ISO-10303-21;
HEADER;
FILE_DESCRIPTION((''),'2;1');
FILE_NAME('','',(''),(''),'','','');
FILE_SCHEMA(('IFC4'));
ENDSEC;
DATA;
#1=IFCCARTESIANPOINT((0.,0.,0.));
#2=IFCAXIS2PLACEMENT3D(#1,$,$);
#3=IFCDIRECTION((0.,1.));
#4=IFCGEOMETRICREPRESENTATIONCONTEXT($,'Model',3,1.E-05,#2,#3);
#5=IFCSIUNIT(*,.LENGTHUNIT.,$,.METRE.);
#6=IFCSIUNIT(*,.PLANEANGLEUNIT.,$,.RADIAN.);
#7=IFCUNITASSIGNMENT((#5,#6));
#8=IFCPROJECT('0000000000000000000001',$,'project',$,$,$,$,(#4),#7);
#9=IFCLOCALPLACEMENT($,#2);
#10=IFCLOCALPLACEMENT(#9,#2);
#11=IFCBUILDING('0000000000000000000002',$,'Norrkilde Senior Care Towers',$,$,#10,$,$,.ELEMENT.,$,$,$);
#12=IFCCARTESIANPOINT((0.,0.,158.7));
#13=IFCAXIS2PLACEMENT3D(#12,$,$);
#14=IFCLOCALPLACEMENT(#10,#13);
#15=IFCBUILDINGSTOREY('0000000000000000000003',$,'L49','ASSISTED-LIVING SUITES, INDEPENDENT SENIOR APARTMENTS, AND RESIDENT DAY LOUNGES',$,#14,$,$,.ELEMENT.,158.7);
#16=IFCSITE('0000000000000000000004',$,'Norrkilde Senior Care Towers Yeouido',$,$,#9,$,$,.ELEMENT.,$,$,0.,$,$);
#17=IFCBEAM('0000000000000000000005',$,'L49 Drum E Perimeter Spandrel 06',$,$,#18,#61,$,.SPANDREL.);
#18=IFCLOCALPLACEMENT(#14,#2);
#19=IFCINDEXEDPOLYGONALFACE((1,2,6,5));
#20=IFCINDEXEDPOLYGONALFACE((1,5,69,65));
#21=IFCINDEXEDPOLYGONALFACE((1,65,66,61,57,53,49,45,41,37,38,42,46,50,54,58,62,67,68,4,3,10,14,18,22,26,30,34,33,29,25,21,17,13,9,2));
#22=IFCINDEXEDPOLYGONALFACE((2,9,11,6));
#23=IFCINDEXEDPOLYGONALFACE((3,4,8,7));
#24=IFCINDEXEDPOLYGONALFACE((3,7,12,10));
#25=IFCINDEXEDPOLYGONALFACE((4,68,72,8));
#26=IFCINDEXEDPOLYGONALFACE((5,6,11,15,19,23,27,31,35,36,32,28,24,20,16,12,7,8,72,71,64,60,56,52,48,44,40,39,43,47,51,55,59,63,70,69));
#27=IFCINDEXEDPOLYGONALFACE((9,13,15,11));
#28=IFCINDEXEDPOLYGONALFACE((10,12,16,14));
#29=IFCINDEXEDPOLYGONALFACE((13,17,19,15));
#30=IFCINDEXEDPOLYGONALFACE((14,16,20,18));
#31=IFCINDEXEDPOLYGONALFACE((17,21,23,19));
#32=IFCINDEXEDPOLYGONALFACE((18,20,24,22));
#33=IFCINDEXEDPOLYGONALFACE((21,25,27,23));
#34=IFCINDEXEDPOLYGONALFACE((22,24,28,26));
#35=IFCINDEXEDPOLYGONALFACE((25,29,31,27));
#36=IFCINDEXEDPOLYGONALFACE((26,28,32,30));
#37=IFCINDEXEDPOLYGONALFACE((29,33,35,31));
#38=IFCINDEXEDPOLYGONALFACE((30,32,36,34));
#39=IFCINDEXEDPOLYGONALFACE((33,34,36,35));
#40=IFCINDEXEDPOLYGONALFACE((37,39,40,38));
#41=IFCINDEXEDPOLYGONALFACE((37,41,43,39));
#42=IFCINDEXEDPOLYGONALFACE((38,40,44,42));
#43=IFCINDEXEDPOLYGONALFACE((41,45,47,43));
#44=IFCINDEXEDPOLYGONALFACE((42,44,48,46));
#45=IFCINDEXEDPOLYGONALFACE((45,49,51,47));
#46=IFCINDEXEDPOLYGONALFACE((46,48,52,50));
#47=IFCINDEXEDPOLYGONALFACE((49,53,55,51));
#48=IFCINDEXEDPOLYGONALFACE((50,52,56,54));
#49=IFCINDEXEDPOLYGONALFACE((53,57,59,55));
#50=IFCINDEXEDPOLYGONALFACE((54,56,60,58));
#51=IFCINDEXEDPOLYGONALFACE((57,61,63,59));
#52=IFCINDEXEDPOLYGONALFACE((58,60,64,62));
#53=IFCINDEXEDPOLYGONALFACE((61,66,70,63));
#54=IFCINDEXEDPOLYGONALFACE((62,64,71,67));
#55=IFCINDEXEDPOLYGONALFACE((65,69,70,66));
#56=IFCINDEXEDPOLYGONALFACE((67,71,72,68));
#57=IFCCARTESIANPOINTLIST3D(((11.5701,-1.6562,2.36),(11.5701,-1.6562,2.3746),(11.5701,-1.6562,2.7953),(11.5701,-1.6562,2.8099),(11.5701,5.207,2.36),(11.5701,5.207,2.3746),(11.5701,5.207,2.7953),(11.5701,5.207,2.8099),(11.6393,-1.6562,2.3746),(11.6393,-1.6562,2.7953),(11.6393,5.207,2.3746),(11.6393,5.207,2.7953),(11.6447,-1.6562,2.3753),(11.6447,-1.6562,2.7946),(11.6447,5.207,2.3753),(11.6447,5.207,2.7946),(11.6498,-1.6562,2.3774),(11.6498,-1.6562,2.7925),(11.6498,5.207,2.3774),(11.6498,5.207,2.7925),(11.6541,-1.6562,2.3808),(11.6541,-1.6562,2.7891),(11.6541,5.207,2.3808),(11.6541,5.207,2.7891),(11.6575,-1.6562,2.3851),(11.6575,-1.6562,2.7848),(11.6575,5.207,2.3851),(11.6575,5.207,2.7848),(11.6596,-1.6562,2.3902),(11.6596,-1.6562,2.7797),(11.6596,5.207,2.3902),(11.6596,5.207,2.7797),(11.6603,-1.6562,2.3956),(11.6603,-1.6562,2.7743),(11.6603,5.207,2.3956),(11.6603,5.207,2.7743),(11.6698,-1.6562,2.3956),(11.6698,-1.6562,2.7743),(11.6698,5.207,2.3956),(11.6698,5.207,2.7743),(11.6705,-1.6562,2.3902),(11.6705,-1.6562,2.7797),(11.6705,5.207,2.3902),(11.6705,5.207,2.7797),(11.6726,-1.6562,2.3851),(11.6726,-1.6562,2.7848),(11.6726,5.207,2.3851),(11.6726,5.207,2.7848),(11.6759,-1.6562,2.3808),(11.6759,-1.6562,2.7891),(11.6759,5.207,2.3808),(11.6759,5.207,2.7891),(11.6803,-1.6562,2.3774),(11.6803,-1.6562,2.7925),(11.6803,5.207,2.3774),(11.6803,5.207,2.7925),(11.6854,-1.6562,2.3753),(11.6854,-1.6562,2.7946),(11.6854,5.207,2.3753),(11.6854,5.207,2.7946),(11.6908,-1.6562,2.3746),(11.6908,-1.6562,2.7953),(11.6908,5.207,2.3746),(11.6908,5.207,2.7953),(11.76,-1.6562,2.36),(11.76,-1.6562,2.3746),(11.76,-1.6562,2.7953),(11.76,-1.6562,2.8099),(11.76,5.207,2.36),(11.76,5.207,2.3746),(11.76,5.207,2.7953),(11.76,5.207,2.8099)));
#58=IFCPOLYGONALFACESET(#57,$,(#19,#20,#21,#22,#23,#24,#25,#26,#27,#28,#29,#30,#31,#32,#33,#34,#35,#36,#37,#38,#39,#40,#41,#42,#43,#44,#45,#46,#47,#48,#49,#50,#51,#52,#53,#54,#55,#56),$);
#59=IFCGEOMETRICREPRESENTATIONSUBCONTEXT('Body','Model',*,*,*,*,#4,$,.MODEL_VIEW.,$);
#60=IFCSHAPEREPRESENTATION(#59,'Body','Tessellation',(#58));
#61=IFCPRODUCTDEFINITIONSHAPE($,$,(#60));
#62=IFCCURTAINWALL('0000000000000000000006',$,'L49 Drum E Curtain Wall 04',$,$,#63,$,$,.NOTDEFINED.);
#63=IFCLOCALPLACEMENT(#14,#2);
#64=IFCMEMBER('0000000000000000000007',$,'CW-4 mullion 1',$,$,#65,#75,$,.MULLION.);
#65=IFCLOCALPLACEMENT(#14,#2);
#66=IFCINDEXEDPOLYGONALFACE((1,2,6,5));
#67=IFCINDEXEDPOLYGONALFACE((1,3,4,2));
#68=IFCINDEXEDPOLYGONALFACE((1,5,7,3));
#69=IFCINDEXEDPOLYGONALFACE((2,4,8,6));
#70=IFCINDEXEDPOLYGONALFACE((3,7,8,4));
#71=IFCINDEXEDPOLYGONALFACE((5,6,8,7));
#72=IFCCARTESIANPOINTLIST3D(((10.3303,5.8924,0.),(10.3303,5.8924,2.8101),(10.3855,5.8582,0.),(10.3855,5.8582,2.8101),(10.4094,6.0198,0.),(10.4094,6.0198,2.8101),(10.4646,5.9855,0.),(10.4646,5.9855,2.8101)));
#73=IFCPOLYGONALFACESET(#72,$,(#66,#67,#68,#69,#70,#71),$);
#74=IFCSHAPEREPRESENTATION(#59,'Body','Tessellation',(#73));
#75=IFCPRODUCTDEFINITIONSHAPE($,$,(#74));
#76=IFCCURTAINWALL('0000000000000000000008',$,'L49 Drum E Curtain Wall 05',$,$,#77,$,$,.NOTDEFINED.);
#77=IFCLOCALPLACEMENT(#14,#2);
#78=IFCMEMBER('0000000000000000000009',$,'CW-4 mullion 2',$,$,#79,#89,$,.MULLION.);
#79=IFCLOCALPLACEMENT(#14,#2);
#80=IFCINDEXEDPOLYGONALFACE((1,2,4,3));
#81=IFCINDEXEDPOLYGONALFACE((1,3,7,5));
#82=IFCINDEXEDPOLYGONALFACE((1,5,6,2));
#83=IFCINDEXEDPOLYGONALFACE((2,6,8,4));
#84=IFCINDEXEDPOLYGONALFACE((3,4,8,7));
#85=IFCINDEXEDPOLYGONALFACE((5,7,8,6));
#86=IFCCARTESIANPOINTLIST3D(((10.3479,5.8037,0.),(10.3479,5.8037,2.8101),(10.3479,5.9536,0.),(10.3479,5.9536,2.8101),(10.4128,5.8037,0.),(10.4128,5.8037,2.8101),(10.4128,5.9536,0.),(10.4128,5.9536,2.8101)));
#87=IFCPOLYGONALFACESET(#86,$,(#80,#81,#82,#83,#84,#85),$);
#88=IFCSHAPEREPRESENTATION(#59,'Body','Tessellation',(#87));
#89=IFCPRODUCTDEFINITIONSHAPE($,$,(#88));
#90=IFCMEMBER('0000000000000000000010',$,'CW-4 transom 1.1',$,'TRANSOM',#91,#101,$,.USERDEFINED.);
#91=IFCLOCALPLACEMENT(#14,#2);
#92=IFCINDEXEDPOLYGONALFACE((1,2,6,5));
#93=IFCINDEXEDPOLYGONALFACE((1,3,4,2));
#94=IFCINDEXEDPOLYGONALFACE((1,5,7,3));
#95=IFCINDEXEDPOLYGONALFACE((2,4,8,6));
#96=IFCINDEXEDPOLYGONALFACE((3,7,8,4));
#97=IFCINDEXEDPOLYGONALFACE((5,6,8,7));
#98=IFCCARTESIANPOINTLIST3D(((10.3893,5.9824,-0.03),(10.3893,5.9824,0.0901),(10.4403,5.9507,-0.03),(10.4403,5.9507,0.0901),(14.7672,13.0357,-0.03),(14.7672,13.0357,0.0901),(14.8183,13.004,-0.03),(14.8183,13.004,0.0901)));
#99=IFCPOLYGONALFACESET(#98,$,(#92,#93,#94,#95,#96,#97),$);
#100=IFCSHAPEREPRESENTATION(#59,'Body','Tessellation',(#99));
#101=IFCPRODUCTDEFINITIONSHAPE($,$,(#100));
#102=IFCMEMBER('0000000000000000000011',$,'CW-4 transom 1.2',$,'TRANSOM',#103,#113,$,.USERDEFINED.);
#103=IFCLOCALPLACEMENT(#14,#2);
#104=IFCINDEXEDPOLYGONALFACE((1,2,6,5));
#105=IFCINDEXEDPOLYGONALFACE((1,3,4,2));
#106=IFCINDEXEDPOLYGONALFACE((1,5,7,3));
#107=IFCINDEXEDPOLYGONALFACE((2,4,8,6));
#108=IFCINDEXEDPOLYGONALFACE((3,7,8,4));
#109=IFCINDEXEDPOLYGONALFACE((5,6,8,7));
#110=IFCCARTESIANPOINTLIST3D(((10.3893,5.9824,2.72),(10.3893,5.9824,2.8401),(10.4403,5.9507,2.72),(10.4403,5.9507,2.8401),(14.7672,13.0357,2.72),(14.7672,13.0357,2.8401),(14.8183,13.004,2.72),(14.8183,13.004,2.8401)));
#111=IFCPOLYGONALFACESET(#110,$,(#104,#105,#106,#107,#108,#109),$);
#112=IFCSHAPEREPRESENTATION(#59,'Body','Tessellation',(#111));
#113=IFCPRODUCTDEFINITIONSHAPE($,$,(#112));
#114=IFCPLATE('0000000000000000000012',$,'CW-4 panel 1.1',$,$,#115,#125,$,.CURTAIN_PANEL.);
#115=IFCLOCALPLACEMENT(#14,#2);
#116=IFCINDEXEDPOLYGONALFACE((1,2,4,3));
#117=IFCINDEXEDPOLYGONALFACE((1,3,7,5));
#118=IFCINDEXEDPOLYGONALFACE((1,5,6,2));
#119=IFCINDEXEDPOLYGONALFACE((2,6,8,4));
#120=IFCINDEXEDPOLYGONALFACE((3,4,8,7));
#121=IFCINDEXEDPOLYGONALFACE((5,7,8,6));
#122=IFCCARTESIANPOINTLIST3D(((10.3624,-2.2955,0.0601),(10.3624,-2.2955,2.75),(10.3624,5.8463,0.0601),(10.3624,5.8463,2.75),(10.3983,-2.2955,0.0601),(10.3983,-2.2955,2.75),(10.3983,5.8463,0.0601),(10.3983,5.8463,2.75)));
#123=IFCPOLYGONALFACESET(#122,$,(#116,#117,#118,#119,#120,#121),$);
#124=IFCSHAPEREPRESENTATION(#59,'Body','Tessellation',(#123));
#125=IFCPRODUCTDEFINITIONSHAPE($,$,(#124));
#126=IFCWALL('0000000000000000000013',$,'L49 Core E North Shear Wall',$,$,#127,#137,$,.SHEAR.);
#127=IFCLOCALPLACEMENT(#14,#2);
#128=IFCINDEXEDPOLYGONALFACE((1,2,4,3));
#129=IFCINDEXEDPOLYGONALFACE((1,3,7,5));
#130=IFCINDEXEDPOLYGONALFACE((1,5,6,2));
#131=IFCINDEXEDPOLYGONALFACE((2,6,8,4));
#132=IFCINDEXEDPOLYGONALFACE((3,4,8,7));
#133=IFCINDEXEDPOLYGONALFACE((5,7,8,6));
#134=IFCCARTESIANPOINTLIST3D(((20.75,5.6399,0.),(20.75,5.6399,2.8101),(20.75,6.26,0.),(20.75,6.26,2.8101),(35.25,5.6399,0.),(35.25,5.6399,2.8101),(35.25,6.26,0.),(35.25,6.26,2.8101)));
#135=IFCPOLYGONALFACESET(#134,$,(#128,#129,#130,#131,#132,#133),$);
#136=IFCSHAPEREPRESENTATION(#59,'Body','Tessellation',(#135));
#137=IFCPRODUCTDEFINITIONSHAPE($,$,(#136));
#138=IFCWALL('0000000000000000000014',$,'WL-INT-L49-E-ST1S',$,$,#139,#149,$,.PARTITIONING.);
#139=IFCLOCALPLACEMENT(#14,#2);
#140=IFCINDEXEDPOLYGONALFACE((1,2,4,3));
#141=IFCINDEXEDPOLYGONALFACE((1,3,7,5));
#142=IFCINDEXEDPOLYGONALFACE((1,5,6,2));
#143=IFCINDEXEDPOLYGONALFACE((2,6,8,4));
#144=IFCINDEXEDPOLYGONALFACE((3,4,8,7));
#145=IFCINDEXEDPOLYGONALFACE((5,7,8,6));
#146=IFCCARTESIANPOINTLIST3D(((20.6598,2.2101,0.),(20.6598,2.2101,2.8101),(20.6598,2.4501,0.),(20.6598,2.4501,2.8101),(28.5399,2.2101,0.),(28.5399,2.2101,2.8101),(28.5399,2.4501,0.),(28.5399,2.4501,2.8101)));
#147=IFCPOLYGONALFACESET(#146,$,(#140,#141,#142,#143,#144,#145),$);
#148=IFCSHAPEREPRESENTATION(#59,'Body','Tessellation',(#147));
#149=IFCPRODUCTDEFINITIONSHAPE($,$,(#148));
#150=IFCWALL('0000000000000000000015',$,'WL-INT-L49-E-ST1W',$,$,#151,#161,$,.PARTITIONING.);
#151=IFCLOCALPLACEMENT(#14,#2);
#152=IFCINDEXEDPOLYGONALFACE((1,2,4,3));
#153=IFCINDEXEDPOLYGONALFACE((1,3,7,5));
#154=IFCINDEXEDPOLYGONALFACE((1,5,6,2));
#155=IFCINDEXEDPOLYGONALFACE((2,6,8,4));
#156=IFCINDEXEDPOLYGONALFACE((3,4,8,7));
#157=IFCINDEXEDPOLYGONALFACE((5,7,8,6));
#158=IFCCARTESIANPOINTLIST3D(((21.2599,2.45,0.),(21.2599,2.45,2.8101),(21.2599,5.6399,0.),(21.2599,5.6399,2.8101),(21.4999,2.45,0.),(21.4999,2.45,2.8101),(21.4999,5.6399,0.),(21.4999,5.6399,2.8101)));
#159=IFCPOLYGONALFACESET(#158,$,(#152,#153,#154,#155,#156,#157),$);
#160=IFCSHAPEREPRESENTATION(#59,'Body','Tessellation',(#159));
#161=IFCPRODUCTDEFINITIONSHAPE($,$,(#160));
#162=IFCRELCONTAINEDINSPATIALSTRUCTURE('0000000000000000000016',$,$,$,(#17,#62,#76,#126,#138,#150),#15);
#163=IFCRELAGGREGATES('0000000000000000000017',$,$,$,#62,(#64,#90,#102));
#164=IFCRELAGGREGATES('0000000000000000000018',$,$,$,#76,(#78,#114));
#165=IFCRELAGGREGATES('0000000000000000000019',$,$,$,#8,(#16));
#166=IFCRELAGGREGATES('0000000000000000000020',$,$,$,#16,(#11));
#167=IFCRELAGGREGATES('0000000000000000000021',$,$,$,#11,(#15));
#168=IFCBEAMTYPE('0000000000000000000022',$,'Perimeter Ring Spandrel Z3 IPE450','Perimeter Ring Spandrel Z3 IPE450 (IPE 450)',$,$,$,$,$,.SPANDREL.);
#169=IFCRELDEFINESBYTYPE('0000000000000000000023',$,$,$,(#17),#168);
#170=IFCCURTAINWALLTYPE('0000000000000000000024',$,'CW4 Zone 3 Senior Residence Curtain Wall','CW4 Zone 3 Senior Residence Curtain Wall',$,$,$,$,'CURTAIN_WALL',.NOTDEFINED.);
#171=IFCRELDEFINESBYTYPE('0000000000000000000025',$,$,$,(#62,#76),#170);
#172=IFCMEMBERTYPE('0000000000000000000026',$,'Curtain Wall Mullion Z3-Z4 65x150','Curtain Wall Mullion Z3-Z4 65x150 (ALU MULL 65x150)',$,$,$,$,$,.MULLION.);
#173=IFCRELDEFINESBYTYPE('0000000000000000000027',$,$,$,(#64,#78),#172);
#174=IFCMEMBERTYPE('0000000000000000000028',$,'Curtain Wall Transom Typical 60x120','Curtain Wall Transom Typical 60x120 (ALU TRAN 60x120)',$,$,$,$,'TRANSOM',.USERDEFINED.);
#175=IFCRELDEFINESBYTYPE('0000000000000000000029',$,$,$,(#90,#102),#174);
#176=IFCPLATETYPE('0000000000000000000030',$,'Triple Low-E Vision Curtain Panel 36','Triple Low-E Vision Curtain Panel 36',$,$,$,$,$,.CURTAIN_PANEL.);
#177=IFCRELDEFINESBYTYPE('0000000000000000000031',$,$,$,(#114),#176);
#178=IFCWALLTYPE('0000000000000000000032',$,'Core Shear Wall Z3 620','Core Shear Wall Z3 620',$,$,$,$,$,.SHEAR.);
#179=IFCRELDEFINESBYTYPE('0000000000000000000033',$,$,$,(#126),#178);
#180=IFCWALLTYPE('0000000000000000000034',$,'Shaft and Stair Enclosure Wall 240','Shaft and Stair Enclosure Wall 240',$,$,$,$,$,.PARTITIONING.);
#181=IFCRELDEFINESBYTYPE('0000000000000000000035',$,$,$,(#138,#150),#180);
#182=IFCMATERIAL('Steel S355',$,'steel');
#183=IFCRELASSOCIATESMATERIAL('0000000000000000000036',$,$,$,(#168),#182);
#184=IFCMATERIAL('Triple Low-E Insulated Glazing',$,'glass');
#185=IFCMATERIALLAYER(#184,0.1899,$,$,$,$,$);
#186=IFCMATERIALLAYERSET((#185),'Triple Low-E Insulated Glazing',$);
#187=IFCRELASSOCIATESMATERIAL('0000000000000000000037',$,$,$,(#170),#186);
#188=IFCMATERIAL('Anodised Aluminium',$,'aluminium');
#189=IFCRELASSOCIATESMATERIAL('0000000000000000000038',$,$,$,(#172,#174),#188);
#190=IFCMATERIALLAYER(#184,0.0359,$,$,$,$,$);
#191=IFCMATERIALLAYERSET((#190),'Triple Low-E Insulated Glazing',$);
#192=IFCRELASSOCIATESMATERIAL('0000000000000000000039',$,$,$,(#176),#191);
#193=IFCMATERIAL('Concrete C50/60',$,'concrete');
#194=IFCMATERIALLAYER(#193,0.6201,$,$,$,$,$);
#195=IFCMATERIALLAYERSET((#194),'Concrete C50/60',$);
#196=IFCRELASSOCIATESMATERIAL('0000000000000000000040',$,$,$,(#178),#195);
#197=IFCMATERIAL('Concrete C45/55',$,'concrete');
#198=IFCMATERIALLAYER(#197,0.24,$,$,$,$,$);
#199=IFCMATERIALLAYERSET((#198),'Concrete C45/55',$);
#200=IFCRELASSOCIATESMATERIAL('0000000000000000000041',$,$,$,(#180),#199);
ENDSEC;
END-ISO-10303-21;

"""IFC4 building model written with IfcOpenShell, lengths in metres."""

from ifc_helpers import new_model, si_unit, direction, frame, frame_2d, origin, origin_2d, place, context, subcontext, project, spatial, rectangle, i_section, extrude, source, transform, mapped, material, layer, layer_set, material_profile, profile_set, type_object, type_shapes, element, aggregate, save


model = new_model("IFC4")

# Units and contexts
model_context = context("Model", 3, precision=1e-05, world=origin(), true_north=direction((0.0, 1.0)))
body_context = subcontext(model_context, "Body", "Model", "MODEL_VIEW")
ifc_project = project(units=[si_unit("LENGTHUNIT", "METRE"), si_unit("PLANEANGLEUNIT", "RADIAN")], contexts=[model_context])

# Site, building, storey
site_placement = place(None, origin())
site = spatial("IfcSite", under=ifc_project, at=site_placement, Name="Norrkilde Senior Care Towers Yeouido", CompositionType="ELEMENT", RefElevation=0.0)
building_placement = place(site_placement, origin())
building = spatial("IfcBuilding", under=site, at=building_placement, Name="Norrkilde Senior Care Towers", CompositionType="ELEMENT")
storey_placement = place(building_placement, frame((0.0, 0.0, 158.7)))
storey = spatial("IfcBuildingStorey", under=building, at=storey_placement, Name="L49", Description="ASSISTED-LIVING SUITES, INDEPENDENT SENIOR APARTMENTS, AND RESIDENT DAY LOUNGES", CompositionType="ELEMENT", Elevation=158.7)

# Shared definitions
ifc_material_1 = material(Name="Concrete C50/60", Category="concrete")

# Beam
ifc_material_2 = material(Name="Steel S355", Category="steel")
ifc_material_profile_1 = material_profile(ifc_material_2, i_section(OverallWidth=0.1899, OverallDepth=0.45, WebThickness=0.0095, FlangeThickness=0.0146, FilletRadius=0.021, at=origin_2d()), Name="IPE 450")
ifc_profile_set_1 = profile_set([ifc_material_profile_1], Name="Steel S355")
beam_type_1 = type_object("IfcBeamType", Name="Perimeter Ring Spandrel Z3 IPE450", Description="Perimeter Ring Spandrel Z3 IPE450 (IPE 450)", PredefinedType="SPANDREL", material=ifc_profile_set_1)
shared_shape_1 = source(origin(), body_context, "Body", "SweptSolid", [
    extrude(i_section(OverallWidth=0.1899, OverallDepth=0.45, WebThickness=0.0095, FlangeThickness=0.0146, FilletRadius=0.021, at=origin_2d()), origin(), (0.0, 0.0, 1.0), 6.8633),
])
type_shapes(beam_type_1, [shared_shape_1])
beam_1_placement = place(storey_placement, frame((11.665, 5.207, 2.585), z_axis=(0.0, -1.0, 0.0), x_axis=(1.0, 0.0, 0.0)))
element("IfcBeam", 1, at=beam_1_placement, inside=storey, type_object=beam_type_1, Name="L49 Drum E Perimeter Spandrel 06", PredefinedType="SPANDREL", context=body_context, shape_type="MappedRepresentation", body=[
    mapped(shared_shape_1, transform((0.0, 0.0, 0.0), x_axis=(1.0, 0.0, 0.0), y_axis=(0.0, 1.0, 0.0), z_axis=(0.0, 0.0, 1.0), scale=1.0)),
])

# Curtain walls, members
ifc_material_3 = material(Name="Triple Low-E Insulated Glazing", Category="glass")
ifc_layer_1 = layer(ifc_material_3, 0.1899)
ifc_layer_set_1 = layer_set([ifc_layer_1], Name="Triple Low-E Insulated Glazing")
curtain_wall_type = type_object("IfcCurtainWallType", Name="CW4 Zone 3 Senior Residence Curtain Wall", Description="CW4 Zone 3 Senior Residence Curtain Wall", ElementType="CURTAIN_WALL", PredefinedType="NOTDEFINED", material=ifc_layer_set_1)
curtain_wall_1_placement = place(storey_placement, origin())
curtain_wall_1 = element("IfcCurtainWall", 2, at=curtain_wall_1_placement, inside=storey, type_object=curtain_wall_type, Name="L49 Drum E Curtain Wall 04", PredefinedType="NOTDEFINED")
ifc_material_4 = material(Name="Anodised Aluminium", Category="aluminium")
ifc_material_profile_2 = material_profile(ifc_material_4, rectangle(XDim=0.0649, YDim=0.1499, at=origin_2d()), Name="ALU MULL 65x150")
ifc_profile_set_2 = profile_set([ifc_material_profile_2], Name="Anodised Aluminium")
member_type_1 = type_object("IfcMemberType", Name="Curtain Wall Mullion Z3-Z4 65x150", Description="Curtain Wall Mullion Z3-Z4 65x150 (ALU MULL 65x150)", PredefinedType="MULLION", material=ifc_profile_set_2)
shared_shape_2 = source(origin(), body_context, "Body", "SweptSolid", [
    extrude(rectangle(XDim=0.0649, YDim=0.1499, at=origin_2d()), origin(), (0.0, 0.0, 1.0), 2.8101),
])
type_shapes(member_type_1, [shared_shape_2])
member_1_placement = place(storey_placement, frame((10.3975, 5.939, 0.0), z_axis=(0.0, 0.0, 1.0), x_axis=(-0.849634, 0.527373, 0.0)))
member_1 = element("IfcMember", 3, at=member_1_placement, type_object=member_type_1, Name="CW-4 mullion 1", PredefinedType="MULLION", context=body_context, shape_type="MappedRepresentation", body=[
    mapped(shared_shape_2, transform((0.0, 0.0, 0.0), x_axis=(1.0, 0.0, 0.0), y_axis=(0.0, 1.0, 0.0), z_axis=(0.0, 0.0, 1.0), scale=1.0)),
])
curtain_wall_2_placement = place(storey_placement, origin())
curtain_wall_2 = element("IfcCurtainWall", 4, at=curtain_wall_2_placement, inside=storey, type_object=curtain_wall_type, Name="L49 Drum E Curtain Wall 05", PredefinedType="NOTDEFINED")
member_2_placement = place(storey_placement, frame((10.3804, 5.8787, 0.0), z_axis=(0.0, 0.0, 1.0), x_axis=(-1.0, 0.0, 0.0)))
member_2 = element("IfcMember", 5, at=member_2_placement, type_object=member_type_1, Name="CW-4 mullion 2", PredefinedType="MULLION", context=body_context, shape_type="MappedRepresentation", body=[
    mapped(shared_shape_2, transform((0.0, 0.0, 0.0), x_axis=(1.0, 0.0, 0.0), y_axis=(0.0, 1.0, 0.0), z_axis=(0.0, 0.0, 1.0), scale=1.0)),
])

# Members
ifc_material_profile_3 = material_profile(ifc_material_4, rectangle(XDim=0.0601, YDim=0.1201, at=origin_2d()), Name="ALU TRAN 60x120")
ifc_profile_set_3 = profile_set([ifc_material_profile_3], Name="Anodised Aluminium")
member_type_2 = type_object("IfcMemberType", Name="Curtain Wall Transom Typical 60x120", Description="Curtain Wall Transom Typical 60x120 (ALU TRAN 60x120)", ElementType="TRANSOM", PredefinedType="USERDEFINED", material=ifc_profile_set_3)
shared_shape_3 = source(origin(), body_context, "Body", "SweptSolid", [
    extrude(rectangle(XDim=0.0601, YDim=0.1201, at=origin_2d()), origin(), (0.0, 0.0, 1.0), 8.3015),
])
type_shapes(member_type_2, [shared_shape_3])
member_3_placement = place(storey_placement, frame((10.4148, 5.9666, 0.03), z_axis=(0.527369, 0.849637, 0.0), x_axis=(-0.849637, 0.527369, 0.0)))
member_3 = element("IfcMember", 6, at=member_3_placement, type_object=member_type_2, Name="CW-4 transom 1.1", ObjectType="TRANSOM", PredefinedType="USERDEFINED", context=body_context, shape_type="MappedRepresentation", body=[
    mapped(shared_shape_3, transform((0.0, 0.0, 0.0), x_axis=(1.0, 0.0, 0.0), y_axis=(0.0, 1.0, 0.0), z_axis=(0.0, 0.0, 1.0), scale=1.0)),
])
member_4_placement = place(storey_placement, frame((10.4148, 5.9666, 2.78), z_axis=(0.527369, 0.849637, 0.0), x_axis=(-0.849637, 0.527369, 0.0)))
member_4 = element("IfcMember", 7, at=member_4_placement, type_object=member_type_2, Name="CW-4 transom 1.2", ObjectType="TRANSOM", PredefinedType="USERDEFINED", context=body_context, shape_type="MappedRepresentation", body=[
    mapped(shared_shape_3, transform((0.0, 0.0, 0.0), x_axis=(1.0, 0.0, 0.0), y_axis=(0.0, 1.0, 0.0), z_axis=(0.0, 0.0, 1.0), scale=1.0)),
])
aggregate(curtain_wall_1, [member_1, member_3, member_4])

# Plate
ifc_layer_2 = layer(ifc_material_3, 0.0359)
ifc_layer_set_2 = layer_set([ifc_layer_2], Name="Triple Low-E Insulated Glazing")
plate_type = type_object("IfcPlateType", Name="Triple Low-E Vision Curtain Panel 36", Description="Triple Low-E Vision Curtain Panel 36", PredefinedType="CURTAIN_PANEL", material=ifc_layer_set_2)
shared_shape_4 = source(origin(), body_context, "Body", "SweptSolid", [
    extrude(rectangle(XDim=8.1418, YDim=0.0359, at=origin_2d()), origin(), (0.0, 0.0, 1.0), 2.6899),
])
type_shapes(plate_type, [shared_shape_4])
plate_placement = place(storey_placement, frame((10.3804, 1.7754, 0.0601), z_axis=(0.0, 0.0, 1.0), x_axis=(0.0, 1.0, 0.0)))
plate = element("IfcPlate", 8, at=plate_placement, type_object=plate_type, Name="CW-4 panel 1.1", PredefinedType="CURTAIN_PANEL", context=body_context, shape_type="MappedRepresentation", body=[
    mapped(shared_shape_4, transform((0.0, 0.0, 0.0), x_axis=(1.0, 0.0, 0.0), y_axis=(0.0, 1.0, 0.0), z_axis=(0.0, 0.0, 1.0), scale=1.0)),
])
aggregate(curtain_wall_2, [member_2, plate])

# Walls
ifc_layer_3 = layer(ifc_material_1, 0.6201)
ifc_layer_set_3 = layer_set([ifc_layer_3], Name="Concrete C50/60")
wall_type_1 = type_object("IfcWallType", Name="Core Shear Wall Z3 620", Description="Core Shear Wall Z3 620", PredefinedType="SHEAR", material=ifc_layer_set_3)
shared_shape_5 = source(origin(), body_context, "Body", "SweptSolid", [
    extrude(rectangle(XDim=14.5, YDim=0.6201, at=frame_2d((7.25, 0.0))), origin(), (0.0, 0.0, 1.0), 2.8101),
])
type_shapes(wall_type_1, [shared_shape_5])
wall_1_placement = place(storey_placement, frame((20.75, 5.95, 0.0), z_axis=(0.0, 0.0, 1.0), x_axis=(1.0, 0.0, 0.0)))
element("IfcWall", 9, at=wall_1_placement, inside=storey, type_object=wall_type_1, Name="L49 Core E North Shear Wall", PredefinedType="SHEAR", context=body_context, shape_type="MappedRepresentation", body=[
    mapped(shared_shape_5, transform((0.0, 0.0, 0.0), x_axis=(1.0, 0.0, 0.0), y_axis=(0.0, 1.0, 0.0), z_axis=(0.0, 0.0, 1.0), scale=1.0)),
])
ifc_material_5 = material(Name="Concrete C45/55", Category="concrete")
ifc_layer_4 = layer(ifc_material_5, 0.24)
ifc_layer_set_4 = layer_set([ifc_layer_4], Name="Concrete C45/55")
wall_type_2 = type_object("IfcWallType", Name="Shaft and Stair Enclosure Wall 240", Description="Shaft and Stair Enclosure Wall 240", PredefinedType="PARTITIONING", material=ifc_layer_set_4)
shared_shape_6 = source(origin(), body_context, "Body", "SweptSolid", [
    extrude(rectangle(XDim=7.8801, YDim=0.24, at=frame_2d((3.9399, 0.0))), origin(), (0.0, 0.0, 1.0), 2.8101),
])
wall_2_placement = place(storey_placement, frame((20.6599, 2.3301, 0.0), z_axis=(0.0, 0.0, 1.0), x_axis=(1.0, 0.0, 0.0)))
element("IfcWall", 10, at=wall_2_placement, inside=storey, type_object=wall_type_2, Name="WL-INT-L49-E-ST1S", PredefinedType="PARTITIONING", context=body_context, shape_type="MappedRepresentation", body=[
    mapped(shared_shape_6, transform((0.0, 0.0, 0.0), x_axis=(1.0, 0.0, 0.0), y_axis=(0.0, 1.0, 0.0), z_axis=(0.0, 0.0, 1.0), scale=1.0)),
])
shared_shape_7 = source(origin(), body_context, "Body", "SweptSolid", [
    extrude(rectangle(XDim=3.1899, YDim=0.24, at=frame_2d((1.595, 0.0))), origin(), (0.0, 0.0, 1.0), 2.8101),
])
type_shapes(wall_type_2, [shared_shape_6, shared_shape_7])
wall_3_placement = place(storey_placement, frame((21.3799, 2.45, 0.0), z_axis=(0.0, 0.0, 1.0), x_axis=(0.0, 1.0, 0.0)))
element("IfcWall", 11, at=wall_3_placement, inside=storey, type_object=wall_type_2, Name="WL-INT-L49-E-ST1W", PredefinedType="PARTITIONING", context=body_context, shape_type="MappedRepresentation", body=[
    mapped(shared_shape_7, transform((0.0, 0.0, 0.0), x_axis=(1.0, 0.0, 0.0), y_axis=(0.0, 1.0, 0.0), z_axis=(0.0, 0.0, 1.0), scale=1.0)),
])

save(model, "model.ifc")
